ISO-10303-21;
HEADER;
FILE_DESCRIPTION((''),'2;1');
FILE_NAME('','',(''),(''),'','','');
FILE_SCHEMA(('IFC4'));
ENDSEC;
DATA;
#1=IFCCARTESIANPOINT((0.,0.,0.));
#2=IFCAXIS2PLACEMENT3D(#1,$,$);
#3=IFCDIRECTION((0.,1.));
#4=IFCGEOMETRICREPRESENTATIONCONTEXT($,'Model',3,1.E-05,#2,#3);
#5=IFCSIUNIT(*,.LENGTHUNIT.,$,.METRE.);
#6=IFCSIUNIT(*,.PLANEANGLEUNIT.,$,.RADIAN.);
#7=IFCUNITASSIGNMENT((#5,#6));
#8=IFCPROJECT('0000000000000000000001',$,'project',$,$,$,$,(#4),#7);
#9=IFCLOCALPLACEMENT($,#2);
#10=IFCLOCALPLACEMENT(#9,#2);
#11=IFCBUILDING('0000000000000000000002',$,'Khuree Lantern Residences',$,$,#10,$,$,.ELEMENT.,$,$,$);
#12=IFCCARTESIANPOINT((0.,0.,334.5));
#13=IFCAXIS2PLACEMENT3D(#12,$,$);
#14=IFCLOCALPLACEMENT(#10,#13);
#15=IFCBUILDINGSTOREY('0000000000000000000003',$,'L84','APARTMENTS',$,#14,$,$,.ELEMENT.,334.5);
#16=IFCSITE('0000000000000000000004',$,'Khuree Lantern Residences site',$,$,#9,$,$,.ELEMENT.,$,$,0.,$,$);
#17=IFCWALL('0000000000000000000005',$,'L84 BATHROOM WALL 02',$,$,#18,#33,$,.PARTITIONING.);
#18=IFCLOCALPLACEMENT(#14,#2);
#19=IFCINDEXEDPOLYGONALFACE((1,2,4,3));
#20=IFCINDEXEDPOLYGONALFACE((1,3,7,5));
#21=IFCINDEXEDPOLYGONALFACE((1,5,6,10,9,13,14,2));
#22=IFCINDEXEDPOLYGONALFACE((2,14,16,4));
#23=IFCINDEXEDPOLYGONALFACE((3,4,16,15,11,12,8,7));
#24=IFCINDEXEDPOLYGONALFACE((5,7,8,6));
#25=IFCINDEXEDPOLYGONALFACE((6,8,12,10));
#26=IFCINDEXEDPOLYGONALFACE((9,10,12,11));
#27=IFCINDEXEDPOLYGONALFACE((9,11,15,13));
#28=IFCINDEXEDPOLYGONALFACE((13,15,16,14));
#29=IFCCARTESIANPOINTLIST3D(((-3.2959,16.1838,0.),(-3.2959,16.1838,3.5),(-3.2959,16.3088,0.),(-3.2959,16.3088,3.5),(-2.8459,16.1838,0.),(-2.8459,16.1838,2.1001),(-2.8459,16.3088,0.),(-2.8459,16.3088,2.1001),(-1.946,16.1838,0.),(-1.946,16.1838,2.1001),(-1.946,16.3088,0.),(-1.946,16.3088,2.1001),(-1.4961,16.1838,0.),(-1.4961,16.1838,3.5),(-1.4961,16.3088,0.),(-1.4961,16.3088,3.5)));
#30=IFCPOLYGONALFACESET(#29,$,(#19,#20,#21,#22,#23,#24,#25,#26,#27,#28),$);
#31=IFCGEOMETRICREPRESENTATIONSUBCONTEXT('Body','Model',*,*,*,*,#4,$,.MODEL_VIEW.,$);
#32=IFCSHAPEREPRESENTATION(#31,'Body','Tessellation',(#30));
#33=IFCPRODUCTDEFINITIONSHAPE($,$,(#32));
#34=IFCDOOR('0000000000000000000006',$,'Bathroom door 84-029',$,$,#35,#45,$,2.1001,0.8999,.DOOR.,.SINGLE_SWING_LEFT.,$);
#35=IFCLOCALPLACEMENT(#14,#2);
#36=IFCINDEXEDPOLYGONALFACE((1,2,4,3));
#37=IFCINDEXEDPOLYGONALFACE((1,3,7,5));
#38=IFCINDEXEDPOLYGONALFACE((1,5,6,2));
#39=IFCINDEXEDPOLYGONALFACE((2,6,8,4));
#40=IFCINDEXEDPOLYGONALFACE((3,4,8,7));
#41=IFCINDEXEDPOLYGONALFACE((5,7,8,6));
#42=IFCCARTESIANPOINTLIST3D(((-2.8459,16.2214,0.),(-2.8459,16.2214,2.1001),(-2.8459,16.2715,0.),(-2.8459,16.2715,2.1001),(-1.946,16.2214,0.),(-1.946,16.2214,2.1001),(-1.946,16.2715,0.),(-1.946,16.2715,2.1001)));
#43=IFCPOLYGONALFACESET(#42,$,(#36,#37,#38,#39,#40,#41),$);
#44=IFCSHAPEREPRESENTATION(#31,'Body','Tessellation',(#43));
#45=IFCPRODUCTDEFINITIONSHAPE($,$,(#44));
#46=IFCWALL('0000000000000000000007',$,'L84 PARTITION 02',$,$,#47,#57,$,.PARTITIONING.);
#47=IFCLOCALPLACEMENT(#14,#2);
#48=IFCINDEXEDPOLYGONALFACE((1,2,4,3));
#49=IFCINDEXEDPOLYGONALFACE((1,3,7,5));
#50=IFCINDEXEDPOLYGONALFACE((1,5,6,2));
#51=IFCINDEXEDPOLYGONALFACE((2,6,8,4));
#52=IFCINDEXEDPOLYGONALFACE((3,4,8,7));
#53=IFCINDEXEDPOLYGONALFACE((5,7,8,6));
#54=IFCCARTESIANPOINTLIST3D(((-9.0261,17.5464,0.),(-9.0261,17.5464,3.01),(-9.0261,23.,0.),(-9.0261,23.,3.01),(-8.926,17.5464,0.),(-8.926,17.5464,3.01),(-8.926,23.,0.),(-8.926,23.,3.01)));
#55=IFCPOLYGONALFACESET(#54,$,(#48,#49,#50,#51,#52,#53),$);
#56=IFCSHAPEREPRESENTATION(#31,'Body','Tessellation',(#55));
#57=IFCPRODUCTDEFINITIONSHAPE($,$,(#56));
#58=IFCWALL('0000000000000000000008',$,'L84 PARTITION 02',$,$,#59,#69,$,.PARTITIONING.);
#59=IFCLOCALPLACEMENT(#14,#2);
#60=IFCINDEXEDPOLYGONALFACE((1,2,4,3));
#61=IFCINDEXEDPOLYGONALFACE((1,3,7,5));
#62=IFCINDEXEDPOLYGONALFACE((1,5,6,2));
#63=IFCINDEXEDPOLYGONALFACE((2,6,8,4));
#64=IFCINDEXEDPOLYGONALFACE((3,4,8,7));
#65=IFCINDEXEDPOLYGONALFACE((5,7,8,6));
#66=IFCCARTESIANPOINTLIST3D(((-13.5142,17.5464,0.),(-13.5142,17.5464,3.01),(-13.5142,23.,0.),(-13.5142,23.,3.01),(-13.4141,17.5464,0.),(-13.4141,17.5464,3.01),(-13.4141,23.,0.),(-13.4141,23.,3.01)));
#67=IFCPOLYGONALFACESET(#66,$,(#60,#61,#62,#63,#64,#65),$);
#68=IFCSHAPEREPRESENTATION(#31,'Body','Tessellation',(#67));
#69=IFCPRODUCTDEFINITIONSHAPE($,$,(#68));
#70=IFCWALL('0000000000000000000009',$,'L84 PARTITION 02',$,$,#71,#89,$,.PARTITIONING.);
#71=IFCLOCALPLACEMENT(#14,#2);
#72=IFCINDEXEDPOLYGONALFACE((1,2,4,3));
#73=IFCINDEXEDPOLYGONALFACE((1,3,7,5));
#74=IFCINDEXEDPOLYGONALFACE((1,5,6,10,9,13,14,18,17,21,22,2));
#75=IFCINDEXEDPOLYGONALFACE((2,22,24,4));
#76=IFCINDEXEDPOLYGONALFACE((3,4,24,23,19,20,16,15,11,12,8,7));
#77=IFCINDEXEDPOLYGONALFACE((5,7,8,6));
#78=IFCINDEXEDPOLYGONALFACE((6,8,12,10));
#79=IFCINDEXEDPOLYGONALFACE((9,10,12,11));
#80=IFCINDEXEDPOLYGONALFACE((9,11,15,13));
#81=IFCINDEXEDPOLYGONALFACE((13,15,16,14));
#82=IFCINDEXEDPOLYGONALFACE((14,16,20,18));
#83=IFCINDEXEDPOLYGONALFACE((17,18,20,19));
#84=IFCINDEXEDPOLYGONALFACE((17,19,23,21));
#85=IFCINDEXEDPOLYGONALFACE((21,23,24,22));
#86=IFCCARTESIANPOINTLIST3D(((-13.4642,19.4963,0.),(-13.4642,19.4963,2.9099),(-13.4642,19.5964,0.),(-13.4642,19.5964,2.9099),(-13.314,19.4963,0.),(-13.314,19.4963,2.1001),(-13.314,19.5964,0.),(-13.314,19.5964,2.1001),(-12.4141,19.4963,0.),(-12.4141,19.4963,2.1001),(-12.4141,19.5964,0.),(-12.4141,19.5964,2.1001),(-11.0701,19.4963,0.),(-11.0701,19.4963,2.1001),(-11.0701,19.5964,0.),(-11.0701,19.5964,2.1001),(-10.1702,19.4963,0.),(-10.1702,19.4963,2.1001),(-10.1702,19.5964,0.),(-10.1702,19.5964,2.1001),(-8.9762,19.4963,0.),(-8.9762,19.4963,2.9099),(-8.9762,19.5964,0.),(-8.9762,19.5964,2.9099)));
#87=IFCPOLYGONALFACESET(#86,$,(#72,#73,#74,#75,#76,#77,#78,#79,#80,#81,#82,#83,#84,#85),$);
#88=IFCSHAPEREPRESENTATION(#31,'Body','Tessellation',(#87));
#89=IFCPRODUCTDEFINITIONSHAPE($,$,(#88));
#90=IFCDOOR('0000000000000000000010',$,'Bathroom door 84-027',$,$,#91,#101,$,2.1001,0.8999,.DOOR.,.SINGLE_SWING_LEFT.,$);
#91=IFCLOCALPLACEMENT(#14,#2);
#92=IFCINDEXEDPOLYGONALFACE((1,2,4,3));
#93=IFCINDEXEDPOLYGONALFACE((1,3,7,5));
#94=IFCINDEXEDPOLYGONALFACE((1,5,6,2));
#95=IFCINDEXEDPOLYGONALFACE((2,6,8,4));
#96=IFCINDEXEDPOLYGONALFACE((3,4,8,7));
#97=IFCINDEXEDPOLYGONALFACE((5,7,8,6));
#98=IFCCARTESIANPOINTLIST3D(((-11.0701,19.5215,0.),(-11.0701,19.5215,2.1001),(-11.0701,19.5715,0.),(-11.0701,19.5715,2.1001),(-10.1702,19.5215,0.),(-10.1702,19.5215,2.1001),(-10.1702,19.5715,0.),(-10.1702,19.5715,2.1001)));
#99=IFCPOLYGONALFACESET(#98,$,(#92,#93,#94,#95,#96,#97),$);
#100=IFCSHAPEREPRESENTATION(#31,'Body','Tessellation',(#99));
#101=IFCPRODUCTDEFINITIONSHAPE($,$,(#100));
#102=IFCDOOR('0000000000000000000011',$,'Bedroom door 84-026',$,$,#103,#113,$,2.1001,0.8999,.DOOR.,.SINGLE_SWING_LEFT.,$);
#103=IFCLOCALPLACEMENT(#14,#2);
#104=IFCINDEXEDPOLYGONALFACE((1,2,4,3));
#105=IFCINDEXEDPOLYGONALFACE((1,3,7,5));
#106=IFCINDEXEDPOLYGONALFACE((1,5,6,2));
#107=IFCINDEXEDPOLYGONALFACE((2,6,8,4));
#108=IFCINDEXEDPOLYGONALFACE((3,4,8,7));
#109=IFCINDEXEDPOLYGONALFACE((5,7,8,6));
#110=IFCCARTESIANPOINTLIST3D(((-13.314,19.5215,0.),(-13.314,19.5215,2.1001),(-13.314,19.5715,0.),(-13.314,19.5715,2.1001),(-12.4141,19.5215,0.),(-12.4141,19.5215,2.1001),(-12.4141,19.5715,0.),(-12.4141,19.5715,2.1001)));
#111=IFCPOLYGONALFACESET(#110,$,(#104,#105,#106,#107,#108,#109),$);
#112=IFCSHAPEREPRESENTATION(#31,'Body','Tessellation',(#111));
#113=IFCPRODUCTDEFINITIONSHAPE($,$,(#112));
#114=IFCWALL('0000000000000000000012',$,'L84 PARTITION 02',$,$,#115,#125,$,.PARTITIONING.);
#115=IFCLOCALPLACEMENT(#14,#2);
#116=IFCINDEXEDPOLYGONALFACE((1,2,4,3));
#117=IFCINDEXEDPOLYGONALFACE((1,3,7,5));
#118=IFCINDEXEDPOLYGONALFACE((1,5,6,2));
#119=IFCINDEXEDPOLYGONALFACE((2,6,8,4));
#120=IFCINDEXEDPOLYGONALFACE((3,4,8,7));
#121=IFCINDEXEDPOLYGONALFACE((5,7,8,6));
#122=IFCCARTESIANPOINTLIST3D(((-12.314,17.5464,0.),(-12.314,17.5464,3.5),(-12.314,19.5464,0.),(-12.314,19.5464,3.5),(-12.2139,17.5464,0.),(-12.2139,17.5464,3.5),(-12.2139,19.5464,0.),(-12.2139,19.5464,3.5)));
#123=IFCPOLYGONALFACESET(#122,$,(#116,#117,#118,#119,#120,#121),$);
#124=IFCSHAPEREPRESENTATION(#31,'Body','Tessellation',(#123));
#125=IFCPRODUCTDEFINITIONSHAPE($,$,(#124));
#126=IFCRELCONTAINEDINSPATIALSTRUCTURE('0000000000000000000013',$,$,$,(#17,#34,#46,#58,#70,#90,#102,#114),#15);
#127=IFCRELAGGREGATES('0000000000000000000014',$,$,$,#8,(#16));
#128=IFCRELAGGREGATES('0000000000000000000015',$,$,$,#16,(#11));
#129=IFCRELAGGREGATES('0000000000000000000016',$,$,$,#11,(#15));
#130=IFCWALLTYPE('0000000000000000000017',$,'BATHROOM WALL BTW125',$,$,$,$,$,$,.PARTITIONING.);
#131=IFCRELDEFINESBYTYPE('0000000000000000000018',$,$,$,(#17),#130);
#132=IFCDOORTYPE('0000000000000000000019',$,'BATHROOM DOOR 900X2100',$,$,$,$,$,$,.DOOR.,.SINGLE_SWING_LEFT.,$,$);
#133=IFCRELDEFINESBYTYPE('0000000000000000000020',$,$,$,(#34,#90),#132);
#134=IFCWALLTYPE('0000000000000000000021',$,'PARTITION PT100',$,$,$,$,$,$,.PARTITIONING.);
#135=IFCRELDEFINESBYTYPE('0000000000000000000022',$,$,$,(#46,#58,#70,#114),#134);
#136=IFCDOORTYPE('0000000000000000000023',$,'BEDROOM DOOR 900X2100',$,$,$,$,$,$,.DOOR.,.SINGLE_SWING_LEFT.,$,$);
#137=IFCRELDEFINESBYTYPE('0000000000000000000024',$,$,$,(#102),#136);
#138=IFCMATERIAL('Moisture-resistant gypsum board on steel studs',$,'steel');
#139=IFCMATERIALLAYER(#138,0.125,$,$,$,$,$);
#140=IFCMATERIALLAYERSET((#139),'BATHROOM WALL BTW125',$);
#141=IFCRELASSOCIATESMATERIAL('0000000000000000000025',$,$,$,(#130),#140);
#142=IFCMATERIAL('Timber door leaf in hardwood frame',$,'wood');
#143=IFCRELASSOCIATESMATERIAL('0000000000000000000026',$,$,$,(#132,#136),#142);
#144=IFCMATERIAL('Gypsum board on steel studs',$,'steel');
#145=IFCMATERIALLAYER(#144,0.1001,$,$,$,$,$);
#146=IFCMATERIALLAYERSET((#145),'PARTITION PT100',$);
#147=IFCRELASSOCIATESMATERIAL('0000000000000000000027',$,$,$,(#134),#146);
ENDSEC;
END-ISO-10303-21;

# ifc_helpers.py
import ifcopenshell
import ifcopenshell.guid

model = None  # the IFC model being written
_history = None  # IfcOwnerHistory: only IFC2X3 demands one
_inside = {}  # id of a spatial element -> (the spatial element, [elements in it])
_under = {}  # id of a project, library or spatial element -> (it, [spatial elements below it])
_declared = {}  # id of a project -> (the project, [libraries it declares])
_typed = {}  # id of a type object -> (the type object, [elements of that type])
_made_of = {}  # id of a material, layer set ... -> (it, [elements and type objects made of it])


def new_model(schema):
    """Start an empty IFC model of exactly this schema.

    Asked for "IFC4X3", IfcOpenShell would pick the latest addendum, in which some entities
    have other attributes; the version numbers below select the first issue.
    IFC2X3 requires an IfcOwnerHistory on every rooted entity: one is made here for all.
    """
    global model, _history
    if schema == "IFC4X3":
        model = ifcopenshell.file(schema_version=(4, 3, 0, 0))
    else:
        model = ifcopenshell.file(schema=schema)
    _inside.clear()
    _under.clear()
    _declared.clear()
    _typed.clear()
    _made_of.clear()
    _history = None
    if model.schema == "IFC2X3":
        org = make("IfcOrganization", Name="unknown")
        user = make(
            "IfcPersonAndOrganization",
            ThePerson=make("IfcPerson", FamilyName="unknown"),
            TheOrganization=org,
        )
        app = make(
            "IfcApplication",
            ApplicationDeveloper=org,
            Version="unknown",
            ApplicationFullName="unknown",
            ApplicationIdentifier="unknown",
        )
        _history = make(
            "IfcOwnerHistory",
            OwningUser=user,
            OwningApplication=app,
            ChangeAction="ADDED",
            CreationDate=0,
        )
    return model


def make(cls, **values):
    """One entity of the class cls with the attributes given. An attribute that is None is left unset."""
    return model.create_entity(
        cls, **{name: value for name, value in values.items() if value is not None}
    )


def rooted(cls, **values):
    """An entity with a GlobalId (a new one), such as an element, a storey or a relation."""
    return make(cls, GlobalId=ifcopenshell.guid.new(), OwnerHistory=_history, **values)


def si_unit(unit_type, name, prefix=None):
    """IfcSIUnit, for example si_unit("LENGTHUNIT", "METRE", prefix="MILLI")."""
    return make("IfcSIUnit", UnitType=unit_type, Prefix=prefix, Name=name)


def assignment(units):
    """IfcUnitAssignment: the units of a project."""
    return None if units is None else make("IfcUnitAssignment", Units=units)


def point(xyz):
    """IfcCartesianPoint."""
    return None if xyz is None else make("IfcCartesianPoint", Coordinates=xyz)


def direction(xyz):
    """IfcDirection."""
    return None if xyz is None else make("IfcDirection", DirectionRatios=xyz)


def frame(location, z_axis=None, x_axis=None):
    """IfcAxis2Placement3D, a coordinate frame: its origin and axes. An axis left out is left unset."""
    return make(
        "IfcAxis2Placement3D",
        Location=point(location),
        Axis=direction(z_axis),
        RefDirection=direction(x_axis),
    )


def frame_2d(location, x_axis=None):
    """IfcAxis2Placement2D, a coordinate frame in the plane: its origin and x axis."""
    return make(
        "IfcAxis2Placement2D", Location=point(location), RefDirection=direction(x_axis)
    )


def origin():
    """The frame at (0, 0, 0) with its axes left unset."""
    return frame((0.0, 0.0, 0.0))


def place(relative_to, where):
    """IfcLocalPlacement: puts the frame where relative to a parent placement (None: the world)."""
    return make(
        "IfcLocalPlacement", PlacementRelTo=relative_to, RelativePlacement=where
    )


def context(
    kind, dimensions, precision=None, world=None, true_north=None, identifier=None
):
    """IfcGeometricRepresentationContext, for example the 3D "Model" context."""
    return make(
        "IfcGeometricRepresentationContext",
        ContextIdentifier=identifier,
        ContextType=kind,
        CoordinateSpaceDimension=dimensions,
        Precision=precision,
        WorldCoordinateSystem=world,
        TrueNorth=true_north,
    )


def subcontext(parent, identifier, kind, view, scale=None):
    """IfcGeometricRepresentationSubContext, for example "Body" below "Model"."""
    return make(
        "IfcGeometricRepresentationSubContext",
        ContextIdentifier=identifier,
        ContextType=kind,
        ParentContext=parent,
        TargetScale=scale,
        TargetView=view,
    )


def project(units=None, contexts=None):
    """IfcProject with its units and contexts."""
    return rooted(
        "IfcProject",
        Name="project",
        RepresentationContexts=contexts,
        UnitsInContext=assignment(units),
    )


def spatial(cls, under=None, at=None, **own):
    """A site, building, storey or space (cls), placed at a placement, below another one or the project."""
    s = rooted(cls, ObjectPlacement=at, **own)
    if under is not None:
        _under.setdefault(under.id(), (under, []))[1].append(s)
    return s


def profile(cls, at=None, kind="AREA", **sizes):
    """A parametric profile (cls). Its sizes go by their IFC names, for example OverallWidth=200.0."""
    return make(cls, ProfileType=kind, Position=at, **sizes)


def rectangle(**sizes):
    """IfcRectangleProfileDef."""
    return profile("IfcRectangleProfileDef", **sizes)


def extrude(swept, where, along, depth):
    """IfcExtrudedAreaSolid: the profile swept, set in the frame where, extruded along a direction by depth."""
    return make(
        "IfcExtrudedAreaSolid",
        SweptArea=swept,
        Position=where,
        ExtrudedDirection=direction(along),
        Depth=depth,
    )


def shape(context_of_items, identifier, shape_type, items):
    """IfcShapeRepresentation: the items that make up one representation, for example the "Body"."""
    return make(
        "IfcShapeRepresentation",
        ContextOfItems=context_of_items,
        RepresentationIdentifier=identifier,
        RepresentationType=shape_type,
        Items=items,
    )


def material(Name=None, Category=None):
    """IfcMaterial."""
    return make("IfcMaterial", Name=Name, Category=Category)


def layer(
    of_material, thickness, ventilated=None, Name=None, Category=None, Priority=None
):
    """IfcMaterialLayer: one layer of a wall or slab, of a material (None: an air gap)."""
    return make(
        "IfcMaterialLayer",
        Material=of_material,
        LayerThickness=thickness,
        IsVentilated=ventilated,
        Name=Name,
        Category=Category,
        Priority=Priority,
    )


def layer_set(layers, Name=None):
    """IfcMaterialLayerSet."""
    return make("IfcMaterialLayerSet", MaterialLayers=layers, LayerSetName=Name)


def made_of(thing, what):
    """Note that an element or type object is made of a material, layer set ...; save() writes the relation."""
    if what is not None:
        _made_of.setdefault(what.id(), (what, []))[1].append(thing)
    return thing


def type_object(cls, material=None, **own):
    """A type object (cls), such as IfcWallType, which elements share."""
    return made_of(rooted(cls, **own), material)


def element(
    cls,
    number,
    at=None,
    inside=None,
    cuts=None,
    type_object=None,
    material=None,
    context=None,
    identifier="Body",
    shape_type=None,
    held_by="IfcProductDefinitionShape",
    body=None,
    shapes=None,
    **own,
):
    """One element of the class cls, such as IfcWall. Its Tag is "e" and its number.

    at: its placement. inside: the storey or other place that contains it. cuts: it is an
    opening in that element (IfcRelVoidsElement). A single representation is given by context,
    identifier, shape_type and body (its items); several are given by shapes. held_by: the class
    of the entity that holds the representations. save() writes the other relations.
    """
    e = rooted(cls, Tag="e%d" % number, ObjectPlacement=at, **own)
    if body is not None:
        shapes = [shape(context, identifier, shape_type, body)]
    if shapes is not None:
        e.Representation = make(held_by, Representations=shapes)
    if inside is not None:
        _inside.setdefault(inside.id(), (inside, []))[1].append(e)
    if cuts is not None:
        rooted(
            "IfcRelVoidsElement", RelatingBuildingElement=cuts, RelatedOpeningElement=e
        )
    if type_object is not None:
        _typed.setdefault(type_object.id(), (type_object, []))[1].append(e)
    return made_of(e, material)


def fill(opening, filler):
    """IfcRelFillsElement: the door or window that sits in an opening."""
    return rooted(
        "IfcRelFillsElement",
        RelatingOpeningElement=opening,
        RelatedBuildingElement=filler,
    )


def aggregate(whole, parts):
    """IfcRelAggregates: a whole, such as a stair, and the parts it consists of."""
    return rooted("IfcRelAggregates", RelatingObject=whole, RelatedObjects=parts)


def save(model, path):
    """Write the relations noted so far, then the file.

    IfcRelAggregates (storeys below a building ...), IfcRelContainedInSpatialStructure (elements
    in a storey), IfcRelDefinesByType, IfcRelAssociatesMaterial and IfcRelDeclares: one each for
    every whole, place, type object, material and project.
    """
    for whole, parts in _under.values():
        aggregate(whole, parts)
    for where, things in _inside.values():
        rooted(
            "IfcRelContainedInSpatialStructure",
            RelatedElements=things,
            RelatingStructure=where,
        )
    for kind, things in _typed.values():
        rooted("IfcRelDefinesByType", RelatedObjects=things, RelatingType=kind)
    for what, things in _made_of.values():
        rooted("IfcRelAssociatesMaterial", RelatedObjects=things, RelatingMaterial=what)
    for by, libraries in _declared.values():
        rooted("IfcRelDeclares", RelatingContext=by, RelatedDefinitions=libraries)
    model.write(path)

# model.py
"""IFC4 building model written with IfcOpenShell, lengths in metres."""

from ifc_helpers import new_model, si_unit, direction, frame, frame_2d, origin, place, context, subcontext, project, spatial, rectangle, extrude, material, layer, layer_set, type_object, element, fill, save


model = new_model("IFC4")

# Units and contexts
model_context = context("Model", 3, precision=1e-05, world=origin(), true_north=direction((0.0, 1.0)))
body_context = subcontext(model_context, "Body", "Model", "MODEL_VIEW")
ifc_project = project(units=[si_unit("LENGTHUNIT", "METRE"), si_unit("PLANEANGLEUNIT", "RADIAN")], contexts=[model_context])

# Site, building, storey
site_placement = place(None, origin())
site = spatial("IfcSite", under=ifc_project, at=site_placement, Name="Khuree Lantern Residences site", CompositionType="ELEMENT", RefElevation=0.0)
building_placement = place(site_placement, origin())
building = spatial("IfcBuilding", under=site, at=building_placement, Name="Khuree Lantern Residences", CompositionType="ELEMENT")
storey_placement = place(building_placement, frame((0.0, 0.0, 334.5)))
storey = spatial("IfcBuildingStorey", under=building, at=storey_placement, Name="L84", Description="APARTMENTS", CompositionType="ELEMENT", Elevation=334.5)

# Shared definitions
ifc_material_1 = material(Name="Moisture-resistant gypsum board on steel studs", Category="steel")
ifc_layer_1 = layer(ifc_material_1, 0.125)
ifc_layer_set_1 = layer_set([ifc_layer_1], Name="BATHROOM WALL BTW125")
wall_type_1 = type_object("IfcWallType", Name="BATHROOM WALL BTW125", PredefinedType="PARTITIONING", material=ifc_layer_set_1)

# Wall, opening, door
wall_1_placement = place(storey_placement, frame((-1.4961, 16.2463, 0.0), z_axis=(0.0, 0.0, 1.0), x_axis=(-1.0, 0.0, 0.0)))
wall_1 = element("IfcWall", 1, at=wall_1_placement, inside=storey, type_object=wall_type_1, Name="L84 BATHROOM WALL 02", PredefinedType="PARTITIONING", context=body_context, shape_type="SweptSolid", body=[
    extrude(rectangle(XDim=1.7998, YDim=0.125, at=frame_2d((0.8999, 0.0))), origin(), (0.0, 0.0, 1.0), 3.5),
])
opening_1_placement = place(wall_1_placement, frame((0.45, 0.0, 0.0)))
opening_1 = element("IfcOpeningElement", 2, at=opening_1_placement, cuts=wall_1, PredefinedType="OPENING", context=body_context, shape_type="SweptSolid", body=[
    extrude(rectangle(XDim=0.8999, YDim=2.1001, at=frame_2d((0.45, 1.05))), frame((0.0, 0.0725, 0.0), z_axis=(0.0, -1.0, 0.0), x_axis=(1.0, 0.0, 0.0)), (0.0, 0.0, 1.0), 0.145),
])
ifc_material_2 = material(Name="Timber door leaf in hardwood frame", Category="wood")
door_type_1 = type_object("IfcDoorType", Name="BATHROOM DOOR 900X2100", OperationType="SINGLE_SWING_LEFT", PredefinedType="DOOR", material=ifc_material_2)
door_1_placement = place(opening_1_placement, origin())
door_1 = element("IfcDoor", 3, at=door_1_placement, inside=storey, type_object=door_type_1, Name="Bathroom door 84-029", OperationType="SINGLE_SWING_LEFT", OverallHeight=2.1001, OverallWidth=0.8999, PredefinedType="DOOR", context=body_context, shape_type="SweptSolid", body=[
    extrude(rectangle(XDim=0.8999, YDim=2.1001, at=frame_2d((0.45, 1.05))), frame((0.0, 0.0249, 0.0), z_axis=(0.0, -1.0, 0.0), x_axis=(1.0, 0.0, 0.0)), (0.0, 0.0, 1.0), 0.05),
])
fill(opening_1, door_1)

# Walls
ifc_material_3 = material(Name="Gypsum board on steel studs", Category="steel")
ifc_layer_2 = layer(ifc_material_3, 0.1001)
ifc_layer_set_2 = layer_set([ifc_layer_2], Name="PARTITION PT100")
wall_type_2 = type_object("IfcWallType", Name="PARTITION PT100", PredefinedType="PARTITIONING", material=ifc_layer_set_2)
for number, where, z_axis, x_axis, name in (
    (4, (-8.9761, 17.5464, 0.0), (0.0, 0.0, 1.0), (0.0, 1.0, 0.0), "L84 PARTITION 02"),
    (5, (-13.4641, 17.5464, 0.0), (0.0, 0.0, 1.0), (0.0, 1.0, 0.0), "L84 PARTITION 02"),
):
    element("IfcWall", number, at=place(storey_placement, frame(where, z_axis=z_axis, x_axis=x_axis)), inside=storey, type_object=wall_type_2, Name=name, PredefinedType="PARTITIONING", context=body_context, shape_type="SweptSolid", body=[
        extrude(rectangle(XDim=5.4536, YDim=0.1001, at=frame_2d((2.7268, 0.0))), origin(), (0.0, 0.0, 1.0), 3.01),
    ])

# Wall, openings, doors
wall_2_placement = place(storey_placement, frame((-8.9761, 19.5464, 0.0), z_axis=(0.0, 0.0, 1.0), x_axis=(-1.0, 0.0, 0.0)))
wall_2 = element("IfcWall", 6, at=wall_2_placement, inside=storey, type_object=wall_type_2, Name="L84 PARTITION 02", PredefinedType="PARTITIONING", context=body_context, shape_type="SweptSolid", body=[
    extrude(rectangle(XDim=4.488, YDim=0.1001, at=frame_2d((2.2441, 0.0))), origin(), (0.0, 0.0, 1.0), 2.9099),
])
opening_2_placement = place(wall_2_placement, frame((3.438, 0.0, 0.0)))
opening_2 = element("IfcOpeningElement", 7, at=opening_2_placement, cuts=wall_2, PredefinedType="OPENING", context=body_context, shape_type="SweptSolid", body=[
    extrude(rectangle(XDim=0.8999, YDim=2.1001, at=frame_2d((0.45, 1.05))), frame((0.0, 0.0601, 0.0), z_axis=(0.0, -1.0, 0.0), x_axis=(1.0, 0.0, 0.0)), (0.0, 0.0, 1.0), 0.1201),
])
opening_3_placement = place(wall_2_placement, frame((1.1941, 0.0, 0.0)))
opening_3 = element("IfcOpeningElement", 8, at=opening_3_placement, cuts=wall_2, PredefinedType="OPENING", context=body_context, shape_type="SweptSolid", body=[
    extrude(rectangle(XDim=0.8999, YDim=2.1001, at=frame_2d((0.45, 1.05))), frame((0.0, 0.0601, 0.0), z_axis=(0.0, -1.0, 0.0), x_axis=(1.0, 0.0, 0.0)), (0.0, 0.0, 1.0), 0.1201),
])
door_2_placement = place(opening_3_placement, origin())
door_2 = element("IfcDoor", 9, at=door_2_placement, inside=storey, type_object=door_type_1, Name="Bathroom door 84-027", OperationType="SINGLE_SWING_LEFT", OverallHeight=2.1001, OverallWidth=0.8999, PredefinedType="DOOR", context=body_context, shape_type="SweptSolid", body=[
    extrude(rectangle(XDim=0.8999, YDim=2.1001, at=frame_2d((0.45, 1.05))), frame((0.0, 0.0249, 0.0), z_axis=(0.0, -1.0, 0.0), x_axis=(1.0, 0.0, 0.0)), (0.0, 0.0, 1.0), 0.05),
])
fill(opening_3, door_2)
door_type_2 = type_object("IfcDoorType", Name="BEDROOM DOOR 900X2100", OperationType="SINGLE_SWING_LEFT", PredefinedType="DOOR", material=ifc_material_2)
door_3_placement = place(opening_2_placement, origin())
door_3 = element("IfcDoor", 10, at=door_3_placement, inside=storey, type_object=door_type_2, Name="Bedroom door 84-026", OperationType="SINGLE_SWING_LEFT", OverallHeight=2.1001, OverallWidth=0.8999, PredefinedType="DOOR", context=body_context, shape_type="SweptSolid", body=[
    extrude(rectangle(XDim=0.8999, YDim=2.1001, at=frame_2d((0.45, 1.05))), frame((0.0, 0.0249, 0.0), z_axis=(0.0, -1.0, 0.0), x_axis=(1.0, 0.0, 0.0)), (0.0, 0.0, 1.0), 0.05),
])
fill(opening_2, door_3)

# Wall
wall_3_placement = place(storey_placement, frame((-12.2639, 17.5464, 0.0), z_axis=(0.0, 0.0, 1.0), x_axis=(0.0, 1.0, 0.0)))
element("IfcWall", 11, at=wall_3_placement, inside=storey, type_object=wall_type_2, Name="L84 PARTITION 02", PredefinedType="PARTITIONING", context=body_context, shape_type="SweptSolid", body=[
    extrude(rectangle(XDim=2.0, YDim=0.1001, at=frame_2d((1.0, 0.0))), origin(), (0.0, 0.0, 1.0), 3.5),
])

save(model, "model.ifc")
